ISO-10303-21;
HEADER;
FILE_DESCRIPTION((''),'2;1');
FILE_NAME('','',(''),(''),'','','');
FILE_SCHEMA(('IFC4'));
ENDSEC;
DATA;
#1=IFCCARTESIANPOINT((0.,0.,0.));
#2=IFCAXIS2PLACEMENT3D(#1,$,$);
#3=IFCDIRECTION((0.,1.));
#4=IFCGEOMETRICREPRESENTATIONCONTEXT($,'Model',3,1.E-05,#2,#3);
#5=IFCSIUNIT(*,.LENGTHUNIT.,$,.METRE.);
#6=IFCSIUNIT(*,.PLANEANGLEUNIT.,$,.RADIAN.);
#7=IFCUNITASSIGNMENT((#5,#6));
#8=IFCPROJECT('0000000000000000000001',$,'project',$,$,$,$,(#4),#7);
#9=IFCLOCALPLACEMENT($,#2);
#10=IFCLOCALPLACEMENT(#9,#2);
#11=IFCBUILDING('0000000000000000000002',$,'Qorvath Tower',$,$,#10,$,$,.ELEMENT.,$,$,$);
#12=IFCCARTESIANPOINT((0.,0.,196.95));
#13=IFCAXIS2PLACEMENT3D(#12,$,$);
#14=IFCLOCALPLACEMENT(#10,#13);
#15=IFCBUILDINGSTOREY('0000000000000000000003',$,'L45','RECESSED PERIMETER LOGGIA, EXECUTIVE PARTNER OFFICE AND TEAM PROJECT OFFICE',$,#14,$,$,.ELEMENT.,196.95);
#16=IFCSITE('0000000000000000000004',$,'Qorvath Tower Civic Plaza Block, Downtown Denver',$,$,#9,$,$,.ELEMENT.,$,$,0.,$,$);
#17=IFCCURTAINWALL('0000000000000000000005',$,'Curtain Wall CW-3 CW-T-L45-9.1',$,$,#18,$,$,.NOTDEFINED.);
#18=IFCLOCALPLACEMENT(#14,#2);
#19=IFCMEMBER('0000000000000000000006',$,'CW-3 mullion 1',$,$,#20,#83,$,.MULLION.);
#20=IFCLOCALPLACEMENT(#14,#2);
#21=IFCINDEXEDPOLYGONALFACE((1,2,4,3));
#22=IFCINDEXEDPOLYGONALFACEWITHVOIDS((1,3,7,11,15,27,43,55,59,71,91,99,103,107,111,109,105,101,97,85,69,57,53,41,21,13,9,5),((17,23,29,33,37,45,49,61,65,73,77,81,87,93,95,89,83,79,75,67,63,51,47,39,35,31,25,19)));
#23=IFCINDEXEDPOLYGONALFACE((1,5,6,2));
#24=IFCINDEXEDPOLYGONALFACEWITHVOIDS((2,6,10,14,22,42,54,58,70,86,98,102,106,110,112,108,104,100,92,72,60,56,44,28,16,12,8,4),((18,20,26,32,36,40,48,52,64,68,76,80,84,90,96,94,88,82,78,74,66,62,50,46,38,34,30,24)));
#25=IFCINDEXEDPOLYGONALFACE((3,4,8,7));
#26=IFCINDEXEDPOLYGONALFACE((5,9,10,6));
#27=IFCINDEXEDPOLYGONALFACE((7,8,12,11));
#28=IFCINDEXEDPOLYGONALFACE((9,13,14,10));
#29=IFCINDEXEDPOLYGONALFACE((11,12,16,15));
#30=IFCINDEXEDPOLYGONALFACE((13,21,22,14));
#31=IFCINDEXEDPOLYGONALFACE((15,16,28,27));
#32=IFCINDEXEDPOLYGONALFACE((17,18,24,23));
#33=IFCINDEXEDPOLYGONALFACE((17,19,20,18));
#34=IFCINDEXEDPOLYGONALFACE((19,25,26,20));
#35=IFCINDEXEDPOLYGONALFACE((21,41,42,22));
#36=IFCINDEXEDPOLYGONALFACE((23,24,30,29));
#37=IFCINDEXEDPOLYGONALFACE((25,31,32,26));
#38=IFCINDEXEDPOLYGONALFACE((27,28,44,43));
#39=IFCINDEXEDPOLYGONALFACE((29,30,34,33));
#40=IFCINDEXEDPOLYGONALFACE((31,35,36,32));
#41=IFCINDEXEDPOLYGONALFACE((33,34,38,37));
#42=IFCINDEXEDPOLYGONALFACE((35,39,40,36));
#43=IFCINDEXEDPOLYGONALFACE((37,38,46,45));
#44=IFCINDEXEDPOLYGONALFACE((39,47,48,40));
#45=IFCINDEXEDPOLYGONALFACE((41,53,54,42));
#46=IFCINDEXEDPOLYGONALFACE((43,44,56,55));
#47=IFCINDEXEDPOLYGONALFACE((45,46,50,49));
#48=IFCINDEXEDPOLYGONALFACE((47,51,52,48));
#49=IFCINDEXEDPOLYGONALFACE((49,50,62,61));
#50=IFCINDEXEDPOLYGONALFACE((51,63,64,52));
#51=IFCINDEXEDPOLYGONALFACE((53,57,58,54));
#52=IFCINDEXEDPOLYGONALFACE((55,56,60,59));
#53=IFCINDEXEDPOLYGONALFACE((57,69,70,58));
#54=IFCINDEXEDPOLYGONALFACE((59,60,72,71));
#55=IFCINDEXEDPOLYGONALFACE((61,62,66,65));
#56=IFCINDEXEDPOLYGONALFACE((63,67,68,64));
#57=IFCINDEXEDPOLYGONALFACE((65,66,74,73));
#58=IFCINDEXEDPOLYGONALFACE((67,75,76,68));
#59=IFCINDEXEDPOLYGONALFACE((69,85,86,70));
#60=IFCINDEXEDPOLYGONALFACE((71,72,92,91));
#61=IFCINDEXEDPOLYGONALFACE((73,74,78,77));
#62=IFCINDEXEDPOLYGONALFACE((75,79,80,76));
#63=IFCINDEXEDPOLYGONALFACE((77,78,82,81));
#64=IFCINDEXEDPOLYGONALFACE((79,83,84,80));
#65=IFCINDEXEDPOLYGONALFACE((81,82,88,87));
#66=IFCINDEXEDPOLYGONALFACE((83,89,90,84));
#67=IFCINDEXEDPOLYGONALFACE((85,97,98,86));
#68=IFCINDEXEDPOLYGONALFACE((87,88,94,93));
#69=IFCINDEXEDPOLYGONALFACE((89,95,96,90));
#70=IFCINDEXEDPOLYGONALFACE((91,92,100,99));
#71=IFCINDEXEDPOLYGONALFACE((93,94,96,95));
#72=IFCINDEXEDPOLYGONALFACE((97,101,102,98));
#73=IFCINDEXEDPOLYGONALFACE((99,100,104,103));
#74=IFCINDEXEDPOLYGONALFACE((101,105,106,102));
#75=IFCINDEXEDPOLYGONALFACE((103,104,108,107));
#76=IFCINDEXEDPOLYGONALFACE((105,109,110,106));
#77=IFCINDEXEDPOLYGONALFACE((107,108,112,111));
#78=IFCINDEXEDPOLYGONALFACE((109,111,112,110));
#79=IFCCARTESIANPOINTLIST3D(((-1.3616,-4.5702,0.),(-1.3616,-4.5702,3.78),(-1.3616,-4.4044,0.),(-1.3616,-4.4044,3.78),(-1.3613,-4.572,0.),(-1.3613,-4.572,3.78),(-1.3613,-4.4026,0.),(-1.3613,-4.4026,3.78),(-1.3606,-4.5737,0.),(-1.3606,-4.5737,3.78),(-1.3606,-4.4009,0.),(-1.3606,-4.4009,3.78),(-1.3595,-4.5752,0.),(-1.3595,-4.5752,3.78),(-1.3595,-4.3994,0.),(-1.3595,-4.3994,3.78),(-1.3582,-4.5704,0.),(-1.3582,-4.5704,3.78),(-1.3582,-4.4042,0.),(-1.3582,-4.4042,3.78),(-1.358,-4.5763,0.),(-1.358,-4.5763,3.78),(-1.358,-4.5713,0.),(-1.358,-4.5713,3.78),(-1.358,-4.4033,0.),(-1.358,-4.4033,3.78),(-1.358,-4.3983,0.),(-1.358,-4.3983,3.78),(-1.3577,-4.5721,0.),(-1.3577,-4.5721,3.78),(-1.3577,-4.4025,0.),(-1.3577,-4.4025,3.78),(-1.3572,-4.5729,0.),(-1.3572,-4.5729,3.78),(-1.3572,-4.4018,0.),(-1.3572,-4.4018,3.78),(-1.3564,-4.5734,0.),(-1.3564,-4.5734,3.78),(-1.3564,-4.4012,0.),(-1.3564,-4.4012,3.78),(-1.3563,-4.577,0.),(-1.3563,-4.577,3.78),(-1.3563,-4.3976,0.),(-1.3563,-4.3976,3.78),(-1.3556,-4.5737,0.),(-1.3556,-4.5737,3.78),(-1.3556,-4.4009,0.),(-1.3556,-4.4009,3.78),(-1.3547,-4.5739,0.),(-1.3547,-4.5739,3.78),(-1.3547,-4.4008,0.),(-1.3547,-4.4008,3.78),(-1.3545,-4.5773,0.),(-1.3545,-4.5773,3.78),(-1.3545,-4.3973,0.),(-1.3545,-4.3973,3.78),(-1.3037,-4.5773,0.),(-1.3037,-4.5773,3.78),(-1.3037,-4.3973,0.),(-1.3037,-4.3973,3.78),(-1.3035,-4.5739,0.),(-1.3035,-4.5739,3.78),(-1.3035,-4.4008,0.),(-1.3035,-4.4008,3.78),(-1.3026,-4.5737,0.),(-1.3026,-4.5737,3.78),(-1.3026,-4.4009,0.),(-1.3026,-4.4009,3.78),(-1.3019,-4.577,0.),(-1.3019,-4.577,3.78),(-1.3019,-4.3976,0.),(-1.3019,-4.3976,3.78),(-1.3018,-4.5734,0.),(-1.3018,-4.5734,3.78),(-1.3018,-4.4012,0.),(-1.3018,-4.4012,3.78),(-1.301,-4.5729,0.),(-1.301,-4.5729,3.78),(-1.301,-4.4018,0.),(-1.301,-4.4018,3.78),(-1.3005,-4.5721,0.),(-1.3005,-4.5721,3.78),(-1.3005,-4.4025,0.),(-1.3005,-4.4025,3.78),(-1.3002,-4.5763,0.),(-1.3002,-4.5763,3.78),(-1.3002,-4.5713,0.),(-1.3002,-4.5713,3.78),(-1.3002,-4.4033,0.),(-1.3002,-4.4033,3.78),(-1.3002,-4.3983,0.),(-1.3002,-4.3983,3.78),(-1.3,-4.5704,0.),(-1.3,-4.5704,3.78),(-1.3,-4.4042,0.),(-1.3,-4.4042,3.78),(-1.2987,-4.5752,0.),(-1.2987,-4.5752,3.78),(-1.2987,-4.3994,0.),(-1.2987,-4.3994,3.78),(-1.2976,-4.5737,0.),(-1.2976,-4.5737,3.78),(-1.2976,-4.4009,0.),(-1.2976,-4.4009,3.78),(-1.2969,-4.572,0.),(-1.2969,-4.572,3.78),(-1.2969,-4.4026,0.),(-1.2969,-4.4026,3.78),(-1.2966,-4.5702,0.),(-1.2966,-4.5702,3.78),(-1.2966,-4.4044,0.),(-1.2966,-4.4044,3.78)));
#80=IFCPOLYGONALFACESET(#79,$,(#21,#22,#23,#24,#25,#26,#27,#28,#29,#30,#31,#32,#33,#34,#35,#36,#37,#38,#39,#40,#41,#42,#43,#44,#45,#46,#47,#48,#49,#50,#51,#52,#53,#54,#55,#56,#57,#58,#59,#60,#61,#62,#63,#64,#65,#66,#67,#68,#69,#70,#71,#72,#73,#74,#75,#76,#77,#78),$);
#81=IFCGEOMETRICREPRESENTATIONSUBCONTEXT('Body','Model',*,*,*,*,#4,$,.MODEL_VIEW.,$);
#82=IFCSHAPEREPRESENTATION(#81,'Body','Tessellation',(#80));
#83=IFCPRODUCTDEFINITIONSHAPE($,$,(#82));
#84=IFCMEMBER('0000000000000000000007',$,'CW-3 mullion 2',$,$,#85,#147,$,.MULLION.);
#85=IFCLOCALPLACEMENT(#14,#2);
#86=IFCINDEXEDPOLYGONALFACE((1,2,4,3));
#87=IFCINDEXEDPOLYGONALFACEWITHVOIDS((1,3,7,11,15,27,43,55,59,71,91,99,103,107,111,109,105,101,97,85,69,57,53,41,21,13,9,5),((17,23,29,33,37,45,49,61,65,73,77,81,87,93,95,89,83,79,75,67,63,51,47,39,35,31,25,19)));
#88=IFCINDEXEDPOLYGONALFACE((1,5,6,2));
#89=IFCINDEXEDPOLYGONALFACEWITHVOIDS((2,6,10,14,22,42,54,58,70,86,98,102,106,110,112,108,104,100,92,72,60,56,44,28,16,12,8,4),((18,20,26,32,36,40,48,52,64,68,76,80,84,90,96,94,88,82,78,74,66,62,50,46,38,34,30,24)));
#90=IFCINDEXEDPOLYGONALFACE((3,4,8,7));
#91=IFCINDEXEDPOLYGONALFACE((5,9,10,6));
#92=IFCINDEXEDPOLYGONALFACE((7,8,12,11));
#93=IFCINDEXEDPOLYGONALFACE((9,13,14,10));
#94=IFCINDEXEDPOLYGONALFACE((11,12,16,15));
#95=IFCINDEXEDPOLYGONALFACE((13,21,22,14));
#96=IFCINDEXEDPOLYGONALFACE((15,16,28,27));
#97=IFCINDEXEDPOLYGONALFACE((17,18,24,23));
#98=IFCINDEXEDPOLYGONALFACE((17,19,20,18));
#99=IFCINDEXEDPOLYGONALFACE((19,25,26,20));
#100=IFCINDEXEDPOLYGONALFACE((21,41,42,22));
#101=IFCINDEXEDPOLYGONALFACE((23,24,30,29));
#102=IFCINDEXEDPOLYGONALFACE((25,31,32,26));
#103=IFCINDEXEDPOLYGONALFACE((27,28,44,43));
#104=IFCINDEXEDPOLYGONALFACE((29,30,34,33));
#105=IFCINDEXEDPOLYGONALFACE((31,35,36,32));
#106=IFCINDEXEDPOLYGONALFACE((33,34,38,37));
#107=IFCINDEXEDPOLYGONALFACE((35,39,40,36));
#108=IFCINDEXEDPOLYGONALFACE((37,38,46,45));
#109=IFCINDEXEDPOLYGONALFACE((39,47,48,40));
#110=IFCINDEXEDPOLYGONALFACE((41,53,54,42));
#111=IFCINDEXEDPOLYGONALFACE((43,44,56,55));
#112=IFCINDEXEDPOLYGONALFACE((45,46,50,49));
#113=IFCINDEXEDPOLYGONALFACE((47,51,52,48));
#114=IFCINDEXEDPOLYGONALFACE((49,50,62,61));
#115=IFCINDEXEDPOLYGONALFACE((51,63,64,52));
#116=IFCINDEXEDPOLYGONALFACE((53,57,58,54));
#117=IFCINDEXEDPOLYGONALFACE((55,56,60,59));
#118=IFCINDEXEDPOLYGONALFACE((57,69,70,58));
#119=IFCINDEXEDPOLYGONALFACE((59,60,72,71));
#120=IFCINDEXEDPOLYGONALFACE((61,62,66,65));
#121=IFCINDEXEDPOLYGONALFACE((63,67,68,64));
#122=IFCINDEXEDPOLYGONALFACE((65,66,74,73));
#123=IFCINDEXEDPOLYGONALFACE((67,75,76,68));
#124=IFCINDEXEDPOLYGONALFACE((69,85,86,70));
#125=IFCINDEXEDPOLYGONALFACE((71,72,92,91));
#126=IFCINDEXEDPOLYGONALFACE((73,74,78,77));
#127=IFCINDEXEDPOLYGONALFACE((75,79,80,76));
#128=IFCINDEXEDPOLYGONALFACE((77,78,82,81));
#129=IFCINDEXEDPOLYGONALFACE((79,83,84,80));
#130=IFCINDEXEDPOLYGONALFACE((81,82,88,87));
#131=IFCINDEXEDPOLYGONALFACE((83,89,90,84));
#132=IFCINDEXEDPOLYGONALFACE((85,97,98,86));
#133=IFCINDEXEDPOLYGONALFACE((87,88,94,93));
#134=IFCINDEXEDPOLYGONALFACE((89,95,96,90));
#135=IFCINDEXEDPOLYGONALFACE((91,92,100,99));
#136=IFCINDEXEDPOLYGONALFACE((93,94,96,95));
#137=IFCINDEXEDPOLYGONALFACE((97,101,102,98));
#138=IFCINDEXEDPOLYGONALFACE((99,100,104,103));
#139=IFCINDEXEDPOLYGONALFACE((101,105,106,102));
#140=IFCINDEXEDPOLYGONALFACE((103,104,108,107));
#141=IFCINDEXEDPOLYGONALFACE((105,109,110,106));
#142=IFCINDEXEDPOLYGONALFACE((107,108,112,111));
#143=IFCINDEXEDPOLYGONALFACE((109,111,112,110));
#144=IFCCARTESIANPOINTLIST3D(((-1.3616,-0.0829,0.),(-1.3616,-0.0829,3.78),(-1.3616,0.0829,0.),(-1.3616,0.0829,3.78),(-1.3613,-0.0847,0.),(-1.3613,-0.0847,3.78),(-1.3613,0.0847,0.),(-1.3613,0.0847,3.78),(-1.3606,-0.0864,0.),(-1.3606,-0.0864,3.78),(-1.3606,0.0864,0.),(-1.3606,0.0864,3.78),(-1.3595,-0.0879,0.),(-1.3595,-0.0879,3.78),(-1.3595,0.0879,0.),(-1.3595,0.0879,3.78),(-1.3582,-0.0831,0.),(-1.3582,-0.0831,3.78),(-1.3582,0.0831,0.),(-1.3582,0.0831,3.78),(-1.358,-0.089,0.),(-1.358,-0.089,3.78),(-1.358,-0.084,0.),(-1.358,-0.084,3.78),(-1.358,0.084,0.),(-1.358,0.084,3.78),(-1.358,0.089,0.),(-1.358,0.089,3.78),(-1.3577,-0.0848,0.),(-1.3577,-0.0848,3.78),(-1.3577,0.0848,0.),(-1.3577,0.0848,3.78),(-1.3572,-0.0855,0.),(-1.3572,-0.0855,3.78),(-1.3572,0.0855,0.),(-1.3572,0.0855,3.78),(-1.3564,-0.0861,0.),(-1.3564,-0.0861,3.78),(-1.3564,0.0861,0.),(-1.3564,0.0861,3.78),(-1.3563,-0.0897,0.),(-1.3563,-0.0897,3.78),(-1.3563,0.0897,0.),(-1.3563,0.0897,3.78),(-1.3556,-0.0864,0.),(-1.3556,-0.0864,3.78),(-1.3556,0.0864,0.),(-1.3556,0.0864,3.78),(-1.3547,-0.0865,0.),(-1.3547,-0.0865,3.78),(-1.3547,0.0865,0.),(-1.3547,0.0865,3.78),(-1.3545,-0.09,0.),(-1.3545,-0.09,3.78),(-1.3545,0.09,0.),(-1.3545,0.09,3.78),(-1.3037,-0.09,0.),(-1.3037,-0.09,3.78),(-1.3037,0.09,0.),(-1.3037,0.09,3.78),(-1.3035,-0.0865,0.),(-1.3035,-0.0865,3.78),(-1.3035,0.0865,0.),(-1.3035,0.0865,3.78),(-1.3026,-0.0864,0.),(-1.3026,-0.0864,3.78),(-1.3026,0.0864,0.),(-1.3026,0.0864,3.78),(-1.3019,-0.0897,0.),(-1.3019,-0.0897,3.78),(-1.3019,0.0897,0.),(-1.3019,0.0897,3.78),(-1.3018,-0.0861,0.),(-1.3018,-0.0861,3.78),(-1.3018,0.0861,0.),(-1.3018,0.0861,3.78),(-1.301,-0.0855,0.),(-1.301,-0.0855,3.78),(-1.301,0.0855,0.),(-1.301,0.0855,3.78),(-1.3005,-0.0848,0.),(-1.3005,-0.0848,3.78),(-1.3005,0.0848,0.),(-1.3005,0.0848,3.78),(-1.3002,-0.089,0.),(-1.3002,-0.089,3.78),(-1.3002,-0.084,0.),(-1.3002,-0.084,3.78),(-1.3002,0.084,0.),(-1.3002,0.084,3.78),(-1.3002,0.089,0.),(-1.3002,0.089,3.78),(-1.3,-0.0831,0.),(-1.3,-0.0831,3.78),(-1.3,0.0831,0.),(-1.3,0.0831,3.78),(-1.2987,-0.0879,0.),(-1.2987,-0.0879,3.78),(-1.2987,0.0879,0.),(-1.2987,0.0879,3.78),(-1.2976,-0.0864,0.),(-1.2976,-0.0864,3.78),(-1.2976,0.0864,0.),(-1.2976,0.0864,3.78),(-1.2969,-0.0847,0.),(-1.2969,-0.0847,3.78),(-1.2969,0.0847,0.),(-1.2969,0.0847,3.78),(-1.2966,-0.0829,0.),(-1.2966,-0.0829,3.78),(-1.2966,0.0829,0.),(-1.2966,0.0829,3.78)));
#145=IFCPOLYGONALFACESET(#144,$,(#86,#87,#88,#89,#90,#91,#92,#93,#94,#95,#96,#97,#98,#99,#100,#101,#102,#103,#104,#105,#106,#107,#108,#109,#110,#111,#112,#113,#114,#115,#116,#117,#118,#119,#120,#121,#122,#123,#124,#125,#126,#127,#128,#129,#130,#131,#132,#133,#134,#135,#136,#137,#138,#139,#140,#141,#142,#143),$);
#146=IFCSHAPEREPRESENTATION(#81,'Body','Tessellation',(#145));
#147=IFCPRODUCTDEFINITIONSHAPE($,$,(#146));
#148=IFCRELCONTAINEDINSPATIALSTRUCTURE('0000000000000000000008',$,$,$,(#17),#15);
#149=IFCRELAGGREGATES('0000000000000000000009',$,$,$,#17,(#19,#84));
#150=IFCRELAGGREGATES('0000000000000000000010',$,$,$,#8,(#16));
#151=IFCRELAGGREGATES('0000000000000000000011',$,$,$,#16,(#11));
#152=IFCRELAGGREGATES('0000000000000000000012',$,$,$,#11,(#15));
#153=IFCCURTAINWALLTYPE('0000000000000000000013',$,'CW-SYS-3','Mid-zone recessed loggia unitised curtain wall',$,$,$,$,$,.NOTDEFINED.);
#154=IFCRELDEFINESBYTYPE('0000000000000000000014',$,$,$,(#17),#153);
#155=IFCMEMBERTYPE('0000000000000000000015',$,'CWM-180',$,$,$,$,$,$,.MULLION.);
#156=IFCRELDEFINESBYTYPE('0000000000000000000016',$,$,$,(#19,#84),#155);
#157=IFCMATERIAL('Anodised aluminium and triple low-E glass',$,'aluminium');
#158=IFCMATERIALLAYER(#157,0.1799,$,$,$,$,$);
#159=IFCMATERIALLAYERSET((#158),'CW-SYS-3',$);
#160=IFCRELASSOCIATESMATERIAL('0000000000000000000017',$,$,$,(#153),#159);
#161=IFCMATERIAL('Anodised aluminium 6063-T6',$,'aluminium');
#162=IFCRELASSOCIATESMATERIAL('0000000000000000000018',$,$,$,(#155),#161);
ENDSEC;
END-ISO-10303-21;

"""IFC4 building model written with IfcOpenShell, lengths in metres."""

from ifc_helpers import new_model, si_unit, direction, frame, origin, origin_2d, place, context, subcontext, project, spatial, hollow_rectangle, extrude, material, layer, layer_set, material_profile, profile_set, type_object, element, aggregate, save


model = new_model("IFC4")

# Units and contexts
model_context = context("Model", 3, precision=1e-05, world=origin(), true_north=direction((0.0, 1.0)))
body_context = subcontext(model_context, "Body", "Model", "MODEL_VIEW")
ifc_project = project(units=[si_unit("LENGTHUNIT", "METRE"), si_unit("PLANEANGLEUNIT", "RADIAN")], contexts=[model_context])

# Site, building, storey
site_placement = place(None, origin())
site = spatial("IfcSite", under=ifc_project, at=site_placement, Name="Qorvath Tower Civic Plaza Block, Downtown Denver", CompositionType="ELEMENT", RefElevation=0.0)
building_placement = place(site_placement, origin())
building = spatial("IfcBuilding", under=site, at=building_placement, Name="Qorvath Tower", CompositionType="ELEMENT")
storey_placement = place(building_placement, frame((0.0, 0.0, 196.95)))
storey = spatial("IfcBuildingStorey", under=building, at=storey_placement, Name="L45", Description="RECESSED PERIMETER LOGGIA, EXECUTIVE PARTNER OFFICE AND TEAM PROJECT OFFICE", CompositionType="ELEMENT", Elevation=196.95)

# Curtain wall, members
ifc_material_1 = material(Name="Anodised aluminium and triple low-E glass", Category="aluminium")
ifc_layer_1 = layer(ifc_material_1, 0.1799)
ifc_layer_set_1 = layer_set([ifc_layer_1], Name="CW-SYS-3")
curtain_wall_type = type_object("IfcCurtainWallType", Name="CW-SYS-3", Description="Mid-zone recessed loggia unitised curtain wall", PredefinedType="NOTDEFINED", material=ifc_layer_set_1)
curtain_wall_placement = place(storey_placement, origin())
curtain_wall = element("IfcCurtainWall", 1, at=curtain_wall_placement, inside=storey, type_object=curtain_wall_type, Name="Curtain Wall CW-3 CW-T-L45-9.1", PredefinedType="NOTDEFINED")
ifc_material_2 = material(Name="Anodised aluminium 6063-T6", Category="aluminium")
ifc_material_profile_1 = material_profile(ifc_material_2, hollow_rectangle(XDim=0.0649, YDim=0.1799, WallThickness=0.0034, InnerFilletRadius=0.0034, OuterFilletRadius=0.0071, at=origin_2d()), Name="CWM 180x65")
ifc_profile_set_1 = profile_set([ifc_material_profile_1], Name="Anodised aluminium 6063-T6")
member_type_1 = type_object("IfcMemberType", Name="CWM-180", PredefinedType="MULLION", material=ifc_profile_set_1)
member_1_placement = place(storey_placement, frame((-1.3291, -4.4873, 0.0), z_axis=(0.0, 0.0, 1.0), x_axis=(-1.0, 0.0, 0.0)))
member_1 = element("IfcMember", 2, at=member_1_placement, type_object=member_type_1, Name="CW-3 mullion 1", PredefinedType="MULLION", context=body_context, shape_type="SweptSolid", body=[
    extrude(hollow_rectangle(XDim=0.0649, YDim=0.1799, WallThickness=0.0034, InnerFilletRadius=0.0034, OuterFilletRadius=0.0071, at=origin_2d()), origin(), (0.0, 0.0, 1.0), 3.78),
])
member_2_placement = place(storey_placement, frame((-1.3291, 0.0, 0.0), z_axis=(0.0, 0.0, 1.0), x_axis=(-1.0, 0.0, 0.0)))
member_2 = element("IfcMember", 3, at=member_2_placement, type_object=member_type_1, Name="CW-3 mullion 2", PredefinedType="MULLION", context=body_context, shape_type="SweptSolid", body=[
    extrude(hollow_rectangle(XDim=0.0649, YDim=0.1799, WallThickness=0.0034, InnerFilletRadius=0.0034, OuterFilletRadius=0.0071, at=origin_2d()), origin(), (0.0, 0.0, 1.0), 3.78),
])
aggregate(curtain_wall, [member_1, member_2])

save(model, "model.ifc")
